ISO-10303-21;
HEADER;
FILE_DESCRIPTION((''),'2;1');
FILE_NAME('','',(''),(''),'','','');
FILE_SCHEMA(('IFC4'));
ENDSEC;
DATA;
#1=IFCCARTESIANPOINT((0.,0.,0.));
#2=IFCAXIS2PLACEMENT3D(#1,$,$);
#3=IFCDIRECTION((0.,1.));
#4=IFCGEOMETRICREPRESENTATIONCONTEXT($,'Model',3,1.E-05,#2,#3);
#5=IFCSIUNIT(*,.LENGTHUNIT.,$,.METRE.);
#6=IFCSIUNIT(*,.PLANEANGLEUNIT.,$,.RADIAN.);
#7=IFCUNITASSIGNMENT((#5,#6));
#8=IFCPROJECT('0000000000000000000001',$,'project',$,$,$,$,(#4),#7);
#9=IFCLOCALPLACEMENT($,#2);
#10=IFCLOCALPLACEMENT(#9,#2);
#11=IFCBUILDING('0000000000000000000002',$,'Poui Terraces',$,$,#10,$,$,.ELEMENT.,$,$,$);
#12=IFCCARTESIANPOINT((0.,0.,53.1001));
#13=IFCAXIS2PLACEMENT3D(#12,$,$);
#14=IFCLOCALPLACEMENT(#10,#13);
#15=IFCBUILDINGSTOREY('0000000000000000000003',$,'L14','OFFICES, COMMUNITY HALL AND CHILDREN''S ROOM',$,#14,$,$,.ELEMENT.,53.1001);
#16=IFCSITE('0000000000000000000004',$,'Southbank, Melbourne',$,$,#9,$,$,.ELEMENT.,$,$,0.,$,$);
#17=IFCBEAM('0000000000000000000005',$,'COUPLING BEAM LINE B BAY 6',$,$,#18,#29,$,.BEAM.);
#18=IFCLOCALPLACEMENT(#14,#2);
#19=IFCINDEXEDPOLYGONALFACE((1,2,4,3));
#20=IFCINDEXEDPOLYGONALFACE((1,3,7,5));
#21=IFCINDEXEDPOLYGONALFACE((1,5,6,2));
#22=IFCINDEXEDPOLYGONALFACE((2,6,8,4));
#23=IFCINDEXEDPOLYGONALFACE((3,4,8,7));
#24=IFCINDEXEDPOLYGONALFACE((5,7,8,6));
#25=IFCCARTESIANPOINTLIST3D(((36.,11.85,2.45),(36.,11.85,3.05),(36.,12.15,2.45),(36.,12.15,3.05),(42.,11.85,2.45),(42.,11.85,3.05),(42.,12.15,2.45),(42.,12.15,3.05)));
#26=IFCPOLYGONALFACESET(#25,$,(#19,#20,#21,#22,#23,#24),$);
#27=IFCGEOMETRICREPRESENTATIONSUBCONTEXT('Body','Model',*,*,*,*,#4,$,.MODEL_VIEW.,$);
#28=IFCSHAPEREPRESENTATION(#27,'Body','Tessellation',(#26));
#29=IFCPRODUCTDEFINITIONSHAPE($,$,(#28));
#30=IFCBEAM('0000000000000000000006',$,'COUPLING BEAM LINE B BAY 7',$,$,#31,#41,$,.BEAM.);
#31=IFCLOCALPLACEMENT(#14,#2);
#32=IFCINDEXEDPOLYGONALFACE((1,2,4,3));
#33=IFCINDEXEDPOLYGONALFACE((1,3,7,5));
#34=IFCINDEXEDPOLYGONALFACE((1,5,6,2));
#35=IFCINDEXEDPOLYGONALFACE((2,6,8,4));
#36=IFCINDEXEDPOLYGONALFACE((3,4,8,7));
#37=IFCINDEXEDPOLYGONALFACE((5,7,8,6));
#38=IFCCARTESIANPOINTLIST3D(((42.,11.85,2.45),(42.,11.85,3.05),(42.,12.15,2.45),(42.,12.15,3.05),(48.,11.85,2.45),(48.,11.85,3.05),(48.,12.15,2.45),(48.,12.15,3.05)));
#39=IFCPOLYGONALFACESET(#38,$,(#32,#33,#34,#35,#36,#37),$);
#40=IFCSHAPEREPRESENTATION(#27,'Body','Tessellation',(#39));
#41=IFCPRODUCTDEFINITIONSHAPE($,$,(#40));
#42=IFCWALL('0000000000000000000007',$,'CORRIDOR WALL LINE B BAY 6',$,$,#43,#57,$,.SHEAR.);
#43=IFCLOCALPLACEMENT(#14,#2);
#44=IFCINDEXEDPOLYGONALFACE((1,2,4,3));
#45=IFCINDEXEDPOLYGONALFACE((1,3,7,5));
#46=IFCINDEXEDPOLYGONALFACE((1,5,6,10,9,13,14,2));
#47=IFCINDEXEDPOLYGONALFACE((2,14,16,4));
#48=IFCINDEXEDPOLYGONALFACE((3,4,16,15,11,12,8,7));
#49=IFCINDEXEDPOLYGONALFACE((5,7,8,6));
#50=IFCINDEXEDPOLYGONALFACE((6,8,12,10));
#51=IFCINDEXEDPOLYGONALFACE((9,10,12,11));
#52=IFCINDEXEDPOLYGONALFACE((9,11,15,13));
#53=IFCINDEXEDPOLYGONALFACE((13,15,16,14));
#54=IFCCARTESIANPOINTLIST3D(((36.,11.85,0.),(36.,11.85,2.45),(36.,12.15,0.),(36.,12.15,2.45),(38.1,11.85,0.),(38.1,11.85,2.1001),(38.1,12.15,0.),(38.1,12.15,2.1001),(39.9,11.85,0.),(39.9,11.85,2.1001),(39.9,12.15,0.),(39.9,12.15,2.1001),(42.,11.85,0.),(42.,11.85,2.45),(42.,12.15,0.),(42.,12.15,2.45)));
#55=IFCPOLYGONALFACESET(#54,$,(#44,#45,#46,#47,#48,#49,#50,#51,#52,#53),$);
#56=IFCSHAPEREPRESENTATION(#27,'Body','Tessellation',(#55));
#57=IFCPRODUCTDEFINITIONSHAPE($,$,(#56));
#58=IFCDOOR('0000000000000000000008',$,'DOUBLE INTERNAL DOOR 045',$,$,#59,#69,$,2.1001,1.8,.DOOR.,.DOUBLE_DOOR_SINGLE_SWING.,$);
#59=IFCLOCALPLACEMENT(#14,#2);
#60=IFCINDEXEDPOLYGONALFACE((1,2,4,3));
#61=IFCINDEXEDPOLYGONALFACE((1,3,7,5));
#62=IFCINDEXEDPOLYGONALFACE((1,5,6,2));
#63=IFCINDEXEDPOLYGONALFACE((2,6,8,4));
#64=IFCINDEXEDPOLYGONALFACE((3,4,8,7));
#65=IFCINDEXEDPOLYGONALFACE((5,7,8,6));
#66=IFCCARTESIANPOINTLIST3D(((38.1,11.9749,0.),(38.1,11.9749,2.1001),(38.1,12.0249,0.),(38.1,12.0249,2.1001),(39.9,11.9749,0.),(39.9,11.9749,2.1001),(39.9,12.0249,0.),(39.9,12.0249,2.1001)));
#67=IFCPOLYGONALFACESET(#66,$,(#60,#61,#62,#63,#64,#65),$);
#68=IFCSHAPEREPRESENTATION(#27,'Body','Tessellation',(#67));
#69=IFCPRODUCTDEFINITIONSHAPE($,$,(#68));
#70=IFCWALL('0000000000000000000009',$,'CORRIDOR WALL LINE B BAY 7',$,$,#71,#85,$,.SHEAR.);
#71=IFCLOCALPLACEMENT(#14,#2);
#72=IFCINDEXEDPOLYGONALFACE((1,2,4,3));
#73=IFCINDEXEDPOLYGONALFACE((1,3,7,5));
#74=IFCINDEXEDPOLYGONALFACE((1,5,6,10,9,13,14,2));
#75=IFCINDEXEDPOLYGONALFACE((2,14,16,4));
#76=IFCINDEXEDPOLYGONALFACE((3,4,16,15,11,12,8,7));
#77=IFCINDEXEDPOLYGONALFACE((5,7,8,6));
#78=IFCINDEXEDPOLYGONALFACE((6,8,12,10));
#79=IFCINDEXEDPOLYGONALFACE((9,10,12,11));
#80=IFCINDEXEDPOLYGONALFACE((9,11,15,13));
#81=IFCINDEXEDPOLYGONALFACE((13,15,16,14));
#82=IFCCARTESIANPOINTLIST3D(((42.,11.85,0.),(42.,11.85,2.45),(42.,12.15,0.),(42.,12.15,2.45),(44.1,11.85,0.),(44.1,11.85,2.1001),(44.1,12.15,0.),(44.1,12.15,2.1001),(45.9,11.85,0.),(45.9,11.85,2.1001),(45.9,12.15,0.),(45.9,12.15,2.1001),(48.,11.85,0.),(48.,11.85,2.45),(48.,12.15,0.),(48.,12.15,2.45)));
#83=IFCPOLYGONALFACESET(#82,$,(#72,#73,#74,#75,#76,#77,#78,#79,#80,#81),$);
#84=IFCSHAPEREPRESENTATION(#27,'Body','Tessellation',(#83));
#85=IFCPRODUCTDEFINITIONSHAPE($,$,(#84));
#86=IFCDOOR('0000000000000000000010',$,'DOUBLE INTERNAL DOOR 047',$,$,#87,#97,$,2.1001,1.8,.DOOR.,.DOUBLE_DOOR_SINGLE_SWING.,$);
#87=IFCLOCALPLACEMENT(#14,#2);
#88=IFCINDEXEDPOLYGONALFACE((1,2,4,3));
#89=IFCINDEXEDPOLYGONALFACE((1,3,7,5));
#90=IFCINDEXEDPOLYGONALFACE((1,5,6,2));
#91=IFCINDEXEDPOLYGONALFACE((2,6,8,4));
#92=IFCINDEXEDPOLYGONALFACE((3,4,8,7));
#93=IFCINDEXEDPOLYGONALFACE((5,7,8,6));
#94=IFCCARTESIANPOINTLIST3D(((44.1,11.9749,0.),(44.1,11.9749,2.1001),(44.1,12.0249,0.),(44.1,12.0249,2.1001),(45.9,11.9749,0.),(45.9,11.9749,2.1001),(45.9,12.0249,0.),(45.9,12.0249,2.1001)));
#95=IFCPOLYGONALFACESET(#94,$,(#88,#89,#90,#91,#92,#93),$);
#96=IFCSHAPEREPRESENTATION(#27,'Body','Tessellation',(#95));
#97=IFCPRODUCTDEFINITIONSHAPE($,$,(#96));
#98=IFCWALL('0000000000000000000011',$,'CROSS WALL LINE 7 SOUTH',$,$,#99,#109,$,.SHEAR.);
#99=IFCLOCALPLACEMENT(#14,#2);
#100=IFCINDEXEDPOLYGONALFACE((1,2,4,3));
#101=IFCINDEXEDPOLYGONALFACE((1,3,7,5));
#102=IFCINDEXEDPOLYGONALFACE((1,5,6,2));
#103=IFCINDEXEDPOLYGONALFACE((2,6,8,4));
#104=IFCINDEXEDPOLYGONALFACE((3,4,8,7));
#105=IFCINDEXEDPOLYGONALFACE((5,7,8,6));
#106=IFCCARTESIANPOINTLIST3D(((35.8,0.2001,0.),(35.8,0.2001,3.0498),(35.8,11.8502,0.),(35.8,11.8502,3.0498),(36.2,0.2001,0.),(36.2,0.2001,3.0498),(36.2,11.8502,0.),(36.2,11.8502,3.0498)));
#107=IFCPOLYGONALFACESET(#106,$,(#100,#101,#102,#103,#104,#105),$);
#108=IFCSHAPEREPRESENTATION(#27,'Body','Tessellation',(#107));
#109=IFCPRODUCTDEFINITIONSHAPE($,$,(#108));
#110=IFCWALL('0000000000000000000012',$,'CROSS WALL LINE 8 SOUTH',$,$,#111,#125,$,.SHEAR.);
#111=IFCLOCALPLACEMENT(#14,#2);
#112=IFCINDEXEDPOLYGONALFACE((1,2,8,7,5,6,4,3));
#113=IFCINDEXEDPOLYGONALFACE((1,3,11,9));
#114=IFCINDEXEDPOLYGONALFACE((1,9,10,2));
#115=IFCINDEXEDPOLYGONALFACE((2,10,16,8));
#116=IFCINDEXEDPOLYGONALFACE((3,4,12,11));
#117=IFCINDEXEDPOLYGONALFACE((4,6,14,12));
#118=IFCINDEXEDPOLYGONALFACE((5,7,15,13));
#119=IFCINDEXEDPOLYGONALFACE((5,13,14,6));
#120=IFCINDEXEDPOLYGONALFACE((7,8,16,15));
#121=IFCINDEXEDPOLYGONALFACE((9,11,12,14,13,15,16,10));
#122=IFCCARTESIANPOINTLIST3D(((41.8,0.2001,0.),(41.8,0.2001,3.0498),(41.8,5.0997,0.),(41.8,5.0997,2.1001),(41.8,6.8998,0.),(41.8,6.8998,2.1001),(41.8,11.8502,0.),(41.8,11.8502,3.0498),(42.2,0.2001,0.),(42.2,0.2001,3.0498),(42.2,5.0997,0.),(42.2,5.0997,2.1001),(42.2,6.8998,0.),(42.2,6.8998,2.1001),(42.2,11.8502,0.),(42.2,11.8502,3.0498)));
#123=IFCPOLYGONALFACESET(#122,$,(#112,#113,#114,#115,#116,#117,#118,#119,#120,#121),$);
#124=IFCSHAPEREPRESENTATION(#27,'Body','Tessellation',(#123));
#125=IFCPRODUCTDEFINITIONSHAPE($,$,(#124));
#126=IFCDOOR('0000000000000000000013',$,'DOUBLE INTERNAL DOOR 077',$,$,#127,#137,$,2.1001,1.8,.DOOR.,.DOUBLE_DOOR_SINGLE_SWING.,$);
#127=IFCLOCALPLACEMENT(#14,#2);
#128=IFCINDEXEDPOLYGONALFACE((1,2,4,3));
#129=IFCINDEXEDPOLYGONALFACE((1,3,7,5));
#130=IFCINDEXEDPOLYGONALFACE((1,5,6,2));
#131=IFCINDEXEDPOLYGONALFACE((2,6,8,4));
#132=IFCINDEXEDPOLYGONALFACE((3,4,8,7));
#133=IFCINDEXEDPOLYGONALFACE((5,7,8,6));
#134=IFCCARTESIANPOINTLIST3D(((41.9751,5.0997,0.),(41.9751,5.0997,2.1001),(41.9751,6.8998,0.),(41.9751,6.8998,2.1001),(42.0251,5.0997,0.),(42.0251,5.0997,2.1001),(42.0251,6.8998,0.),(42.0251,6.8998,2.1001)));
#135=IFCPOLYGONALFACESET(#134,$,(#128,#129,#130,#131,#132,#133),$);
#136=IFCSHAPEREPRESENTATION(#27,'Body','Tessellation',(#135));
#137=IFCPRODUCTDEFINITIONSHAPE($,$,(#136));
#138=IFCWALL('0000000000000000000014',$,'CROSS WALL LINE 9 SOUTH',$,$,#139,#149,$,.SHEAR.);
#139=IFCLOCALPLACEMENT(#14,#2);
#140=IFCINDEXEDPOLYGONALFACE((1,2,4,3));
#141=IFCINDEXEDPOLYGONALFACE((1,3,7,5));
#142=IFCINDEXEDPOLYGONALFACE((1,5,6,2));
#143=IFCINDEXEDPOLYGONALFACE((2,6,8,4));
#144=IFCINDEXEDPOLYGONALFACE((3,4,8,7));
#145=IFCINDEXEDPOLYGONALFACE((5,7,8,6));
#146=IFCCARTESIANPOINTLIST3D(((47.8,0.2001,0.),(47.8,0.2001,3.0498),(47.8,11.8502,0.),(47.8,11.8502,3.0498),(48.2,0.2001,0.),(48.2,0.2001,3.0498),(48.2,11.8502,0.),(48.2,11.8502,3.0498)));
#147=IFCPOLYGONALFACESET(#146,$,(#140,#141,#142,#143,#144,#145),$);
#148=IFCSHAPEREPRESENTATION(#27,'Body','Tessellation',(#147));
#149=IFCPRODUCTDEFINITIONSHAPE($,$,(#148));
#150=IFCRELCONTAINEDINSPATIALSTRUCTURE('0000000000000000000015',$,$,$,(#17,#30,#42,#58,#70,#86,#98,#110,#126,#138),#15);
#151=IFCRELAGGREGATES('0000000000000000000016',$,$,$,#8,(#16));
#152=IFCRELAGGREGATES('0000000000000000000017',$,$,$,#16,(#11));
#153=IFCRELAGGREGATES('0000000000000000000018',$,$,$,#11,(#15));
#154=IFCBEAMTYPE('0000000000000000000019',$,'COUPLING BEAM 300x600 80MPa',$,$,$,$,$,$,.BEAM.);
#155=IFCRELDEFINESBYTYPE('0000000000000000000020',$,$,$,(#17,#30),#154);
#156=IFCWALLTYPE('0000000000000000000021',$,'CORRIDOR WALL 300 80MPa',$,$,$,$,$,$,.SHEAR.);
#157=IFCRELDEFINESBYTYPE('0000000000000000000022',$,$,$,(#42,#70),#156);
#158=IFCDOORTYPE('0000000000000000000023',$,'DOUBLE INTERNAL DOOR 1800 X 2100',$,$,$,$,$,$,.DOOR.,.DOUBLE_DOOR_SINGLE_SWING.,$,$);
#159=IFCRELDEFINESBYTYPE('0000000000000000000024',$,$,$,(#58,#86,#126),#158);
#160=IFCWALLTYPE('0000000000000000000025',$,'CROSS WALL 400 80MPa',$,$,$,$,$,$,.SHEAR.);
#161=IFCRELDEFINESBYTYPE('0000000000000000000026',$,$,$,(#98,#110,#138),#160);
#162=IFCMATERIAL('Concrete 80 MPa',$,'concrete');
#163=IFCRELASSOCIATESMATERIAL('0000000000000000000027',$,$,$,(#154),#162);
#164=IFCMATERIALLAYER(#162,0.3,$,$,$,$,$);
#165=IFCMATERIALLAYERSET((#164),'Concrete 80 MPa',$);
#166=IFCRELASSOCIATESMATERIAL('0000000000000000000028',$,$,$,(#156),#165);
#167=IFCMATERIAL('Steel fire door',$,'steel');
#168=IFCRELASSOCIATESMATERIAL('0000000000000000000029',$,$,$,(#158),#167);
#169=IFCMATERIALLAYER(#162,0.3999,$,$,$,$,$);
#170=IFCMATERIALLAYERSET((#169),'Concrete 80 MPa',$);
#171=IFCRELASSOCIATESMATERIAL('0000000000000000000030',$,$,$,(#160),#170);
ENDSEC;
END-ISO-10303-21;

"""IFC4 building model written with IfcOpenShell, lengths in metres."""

from ifc_helpers import new_model, si_unit, direction, frame, frame_2d, origin, origin_2d, place, context, subcontext, project, spatial, rectangle, extrude, source, transform, mapped, material, layer, layer_set, material_profile, profile_set, type_object, element, fill, save


model = new_model("IFC4")

# Units and contexts
model_context = context("Model", 3, precision=1e-05, world=origin(), true_north=direction((0.0, 1.0)))
body_context = subcontext(model_context, "Body", "Model", "MODEL_VIEW")
ifc_project = project(units=[si_unit("LENGTHUNIT", "METRE"), si_unit("PLANEANGLEUNIT", "RADIAN")], contexts=[model_context])

# Site, building, storey
site_placement = place(None, origin())
site = spatial("IfcSite", under=ifc_project, at=site_placement, Name="Southbank, Melbourne", CompositionType="ELEMENT", RefElevation=0.0)
building_placement = place(site_placement, origin())
building = spatial("IfcBuilding", under=site, at=building_placement, Name="Poui Terraces", CompositionType="ELEMENT")
storey_placement = place(building_placement, frame((0.0, 0.0, 53.1001)))
storey = spatial("IfcBuildingStorey", under=building, at=storey_placement, Name="L14", Description="OFFICES, COMMUNITY HALL AND CHILDREN'S ROOM", CompositionType="ELEMENT", Elevation=53.1001)

# Beams
ifc_material_1 = material(Name="Concrete 80 MPa", Category="concrete")
ifc_material_profile = material_profile(ifc_material_1, rectangle(XDim=0.3, YDim=0.6001, at=origin_2d()), Name="RC 300x600")
ifc_profile_set = profile_set([ifc_material_profile], Name="Concrete 80 MPa")
beam_type = type_object("IfcBeamType", Name="COUPLING BEAM 300x600 80MPa", PredefinedType="BEAM", material=ifc_profile_set)
shared_shape = source(origin(), body_context, "Body", "SweptSolid", [
    extrude(rectangle(XDim=0.3, YDim=0.6001, at=origin_2d()), origin(), (0.0, 0.0, 1.0), 6.0),
])
for number, where, z_axis, x_axis, name in (
    (1, (36.0, 12.0, 2.75), (1.0, 0.0, 0.0), (0.0, 1.0, 0.0), "COUPLING BEAM LINE B BAY 6"),
    (2, (42.0, 12.0, 2.75), (1.0, 0.0, 0.0), (0.0, 1.0, 0.0), "COUPLING BEAM LINE B BAY 7"),
):
    element("IfcBeam", number, at=place(storey_placement, frame(where, z_axis=z_axis, x_axis=x_axis)), inside=storey, type_object=beam_type, Name=name, PredefinedType="BEAM", context=body_context, shape_type="MappedRepresentation", body=[
        mapped(shared_shape, transform((0.0, 0.0, 0.0))),
    ])

# Walls, openings, doors
ifc_layer_1 = layer(ifc_material_1, 0.3)
ifc_layer_set_1 = layer_set([ifc_layer_1], Name="Concrete 80 MPa")
wall_type_1 = type_object("IfcWallType", Name="CORRIDOR WALL 300 80MPa", PredefinedType="SHEAR", material=ifc_layer_set_1)
wall_1_placement = place(storey_placement, frame((36.0, 12.0, 0.0), z_axis=(0.0, 0.0, 1.0), x_axis=(1.0, 0.0, 0.0)))
wall_1 = element("IfcWall", 3, at=wall_1_placement, inside=storey, type_object=wall_type_1, Name="CORRIDOR WALL LINE B BAY 6", PredefinedType="SHEAR", context=body_context, shape_type="SweptSolid", body=[
    extrude(rectangle(XDim=6.0, YDim=0.3, at=frame_2d((3.0, 0.0))), origin(), (0.0, 0.0, 1.0), 2.45),
])
opening_1_placement = place(wall_1_placement, frame((2.1001, 0.0, 0.0)))
opening_1 = element("IfcOpeningElement", 4, at=opening_1_placement, cuts=wall_1, PredefinedType="OPENING", context=body_context, shape_type="SweptSolid", body=[
    extrude(rectangle(XDim=1.8, YDim=2.1001, at=frame_2d((0.8999, 1.05))), frame((0.0, 0.1602, 0.0), z_axis=(0.0, -1.0, 0.0), x_axis=(1.0, 0.0, 0.0)), (0.0, 0.0, 1.0), 0.3201),
])
ifc_material_2 = material(Name="Steel fire door", Category="steel")
door_type_1 = type_object("IfcDoorType", Name="DOUBLE INTERNAL DOOR 1800 X 2100", OperationType="DOUBLE_DOOR_SINGLE_SWING", PredefinedType="DOOR", material=ifc_material_2)
door_1_placement = place(opening_1_placement, origin())
door_1 = element("IfcDoor", 5, at=door_1_placement, inside=storey, type_object=door_type_1, Name="DOUBLE INTERNAL DOOR 045", OperationType="DOUBLE_DOOR_SINGLE_SWING", OverallHeight=2.1001, OverallWidth=1.8, PredefinedType="DOOR", context=body_context, shape_type="SweptSolid", body=[
    extrude(rectangle(XDim=1.8, YDim=2.1001, at=frame_2d((0.8999, 1.05))), frame((0.0, 0.0249, 0.0), z_axis=(0.0, -1.0, 0.0), x_axis=(1.0, 0.0, 0.0)), (0.0, 0.0, 1.0), 0.05),
])
fill(opening_1, door_1)
wall_2_placement = place(storey_placement, frame((42.0, 12.0, 0.0), z_axis=(0.0, 0.0, 1.0), x_axis=(1.0, 0.0, 0.0)))
wall_2 = element("IfcWall", 6, at=wall_2_placement, inside=storey, type_object=wall_type_1, Name="CORRIDOR WALL LINE B BAY 7", PredefinedType="SHEAR", context=body_context, shape_type="SweptSolid", body=[
    extrude(rectangle(XDim=6.0, YDim=0.3, at=frame_2d((3.0, 0.0))), origin(), (0.0, 0.0, 1.0), 2.45),
])
opening_2_placement = place(wall_2_placement, frame((2.1001, 0.0, 0.0)))
opening_2 = element("IfcOpeningElement", 7, at=opening_2_placement, cuts=wall_2, PredefinedType="OPENING", context=body_context, shape_type="SweptSolid", body=[
    extrude(rectangle(XDim=1.8, YDim=2.1001, at=frame_2d((0.8999, 1.05))), frame((0.0, 0.1602, 0.0), z_axis=(0.0, -1.0, 0.0), x_axis=(1.0, 0.0, 0.0)), (0.0, 0.0, 1.0), 0.3201),
])
door_2_placement = place(opening_2_placement, origin())
door_2 = element("IfcDoor", 8, at=door_2_placement, inside=storey, type_object=door_type_1, Name="DOUBLE INTERNAL DOOR 047", OperationType="DOUBLE_DOOR_SINGLE_SWING", OverallHeight=2.1001, OverallWidth=1.8, PredefinedType="DOOR", context=body_context, shape_type="SweptSolid", body=[
    extrude(rectangle(XDim=1.8, YDim=2.1001, at=frame_2d((0.8999, 1.05))), frame((0.0, 0.0249, 0.0), z_axis=(0.0, -1.0, 0.0), x_axis=(1.0, 0.0, 0.0)), (0.0, 0.0, 1.0), 0.05),
])
fill(opening_2, door_2)

# Wall
ifc_layer_2 = layer(ifc_material_1, 0.3999)
ifc_layer_set_2 = layer_set([ifc_layer_2], Name="Concrete 80 MPa")
wall_type_2 = type_object("IfcWallType", Name="CROSS WALL 400 80MPa", PredefinedType="SHEAR", material=ifc_layer_set_2)
wall_3_placement = place(storey_placement, frame((36.0, 0.2, 0.0), z_axis=(0.0, 0.0, 1.0), x_axis=(0.0, 1.0, 0.0)))
element("IfcWall", 9, at=wall_3_placement, inside=storey, type_object=wall_type_2, Name="CROSS WALL LINE 7 SOUTH", PredefinedType="SHEAR", context=body_context, shape_type="SweptSolid", body=[
    extrude(rectangle(XDim=11.6501, YDim=0.3999, at=frame_2d((5.8252, 0.0))), origin(), (0.0, 0.0, 1.0), 3.0498),
])

# Wall, opening, door
wall_4_placement = place(storey_placement, frame((42.0, 0.2, 0.0), z_axis=(0.0, 0.0, 1.0), x_axis=(0.0, 1.0, 0.0)))
wall_4 = element("IfcWall", 10, at=wall_4_placement, inside=storey, type_object=wall_type_2, Name="CROSS WALL LINE 8 SOUTH", PredefinedType="SHEAR", context=body_context, shape_type="SweptSolid", body=[
    extrude(rectangle(XDim=11.6501, YDim=0.3999, at=frame_2d((5.8252, 0.0))), origin(), (0.0, 0.0, 1.0), 3.0498),
])
opening_3_placement = place(wall_4_placement, frame((4.8999, 0.0, 0.0)))
opening_3 = element("IfcOpeningElement", 11, at=opening_3_placement, cuts=wall_4, PredefinedType="OPENING", context=body_context, shape_type="SweptSolid", body=[
    extrude(rectangle(XDim=1.8, YDim=2.1001, at=frame_2d((0.8999, 1.05))), frame((0.0, 0.21, 0.0), z_axis=(0.0, -1.0, 0.0), x_axis=(1.0, 0.0, 0.0)), (0.0, 0.0, 1.0), 0.4199),
])
door_3_placement = place(opening_3_placement, origin())
door_3 = element("IfcDoor", 12, at=door_3_placement, inside=storey, type_object=door_type_1, Name="DOUBLE INTERNAL DOOR 077", OperationType="DOUBLE_DOOR_SINGLE_SWING", OverallHeight=2.1001, OverallWidth=1.8, PredefinedType="DOOR", context=body_context, shape_type="SweptSolid", body=[
    extrude(rectangle(XDim=1.8, YDim=2.1001, at=frame_2d((0.8999, 1.05))), frame((0.0, 0.0249, 0.0), z_axis=(0.0, -1.0, 0.0), x_axis=(1.0, 0.0, 0.0)), (0.0, 0.0, 1.0), 0.05),
])
fill(opening_3, door_3)

# Wall
wall_5_placement = place(storey_placement, frame((48.0, 0.2, 0.0), z_axis=(0.0, 0.0, 1.0), x_axis=(0.0, 1.0, 0.0)))
element("IfcWall", 13, at=wall_5_placement, inside=storey, type_object=wall_type_2, Name="CROSS WALL LINE 9 SOUTH", PredefinedType="SHEAR", context=body_context, shape_type="SweptSolid", body=[
    extrude(rectangle(XDim=11.6501, YDim=0.3999, at=frame_2d((5.8252, 0.0))), origin(), (0.0, 0.0, 1.0), 3.0498),
])

save(model, "model.ifc")
